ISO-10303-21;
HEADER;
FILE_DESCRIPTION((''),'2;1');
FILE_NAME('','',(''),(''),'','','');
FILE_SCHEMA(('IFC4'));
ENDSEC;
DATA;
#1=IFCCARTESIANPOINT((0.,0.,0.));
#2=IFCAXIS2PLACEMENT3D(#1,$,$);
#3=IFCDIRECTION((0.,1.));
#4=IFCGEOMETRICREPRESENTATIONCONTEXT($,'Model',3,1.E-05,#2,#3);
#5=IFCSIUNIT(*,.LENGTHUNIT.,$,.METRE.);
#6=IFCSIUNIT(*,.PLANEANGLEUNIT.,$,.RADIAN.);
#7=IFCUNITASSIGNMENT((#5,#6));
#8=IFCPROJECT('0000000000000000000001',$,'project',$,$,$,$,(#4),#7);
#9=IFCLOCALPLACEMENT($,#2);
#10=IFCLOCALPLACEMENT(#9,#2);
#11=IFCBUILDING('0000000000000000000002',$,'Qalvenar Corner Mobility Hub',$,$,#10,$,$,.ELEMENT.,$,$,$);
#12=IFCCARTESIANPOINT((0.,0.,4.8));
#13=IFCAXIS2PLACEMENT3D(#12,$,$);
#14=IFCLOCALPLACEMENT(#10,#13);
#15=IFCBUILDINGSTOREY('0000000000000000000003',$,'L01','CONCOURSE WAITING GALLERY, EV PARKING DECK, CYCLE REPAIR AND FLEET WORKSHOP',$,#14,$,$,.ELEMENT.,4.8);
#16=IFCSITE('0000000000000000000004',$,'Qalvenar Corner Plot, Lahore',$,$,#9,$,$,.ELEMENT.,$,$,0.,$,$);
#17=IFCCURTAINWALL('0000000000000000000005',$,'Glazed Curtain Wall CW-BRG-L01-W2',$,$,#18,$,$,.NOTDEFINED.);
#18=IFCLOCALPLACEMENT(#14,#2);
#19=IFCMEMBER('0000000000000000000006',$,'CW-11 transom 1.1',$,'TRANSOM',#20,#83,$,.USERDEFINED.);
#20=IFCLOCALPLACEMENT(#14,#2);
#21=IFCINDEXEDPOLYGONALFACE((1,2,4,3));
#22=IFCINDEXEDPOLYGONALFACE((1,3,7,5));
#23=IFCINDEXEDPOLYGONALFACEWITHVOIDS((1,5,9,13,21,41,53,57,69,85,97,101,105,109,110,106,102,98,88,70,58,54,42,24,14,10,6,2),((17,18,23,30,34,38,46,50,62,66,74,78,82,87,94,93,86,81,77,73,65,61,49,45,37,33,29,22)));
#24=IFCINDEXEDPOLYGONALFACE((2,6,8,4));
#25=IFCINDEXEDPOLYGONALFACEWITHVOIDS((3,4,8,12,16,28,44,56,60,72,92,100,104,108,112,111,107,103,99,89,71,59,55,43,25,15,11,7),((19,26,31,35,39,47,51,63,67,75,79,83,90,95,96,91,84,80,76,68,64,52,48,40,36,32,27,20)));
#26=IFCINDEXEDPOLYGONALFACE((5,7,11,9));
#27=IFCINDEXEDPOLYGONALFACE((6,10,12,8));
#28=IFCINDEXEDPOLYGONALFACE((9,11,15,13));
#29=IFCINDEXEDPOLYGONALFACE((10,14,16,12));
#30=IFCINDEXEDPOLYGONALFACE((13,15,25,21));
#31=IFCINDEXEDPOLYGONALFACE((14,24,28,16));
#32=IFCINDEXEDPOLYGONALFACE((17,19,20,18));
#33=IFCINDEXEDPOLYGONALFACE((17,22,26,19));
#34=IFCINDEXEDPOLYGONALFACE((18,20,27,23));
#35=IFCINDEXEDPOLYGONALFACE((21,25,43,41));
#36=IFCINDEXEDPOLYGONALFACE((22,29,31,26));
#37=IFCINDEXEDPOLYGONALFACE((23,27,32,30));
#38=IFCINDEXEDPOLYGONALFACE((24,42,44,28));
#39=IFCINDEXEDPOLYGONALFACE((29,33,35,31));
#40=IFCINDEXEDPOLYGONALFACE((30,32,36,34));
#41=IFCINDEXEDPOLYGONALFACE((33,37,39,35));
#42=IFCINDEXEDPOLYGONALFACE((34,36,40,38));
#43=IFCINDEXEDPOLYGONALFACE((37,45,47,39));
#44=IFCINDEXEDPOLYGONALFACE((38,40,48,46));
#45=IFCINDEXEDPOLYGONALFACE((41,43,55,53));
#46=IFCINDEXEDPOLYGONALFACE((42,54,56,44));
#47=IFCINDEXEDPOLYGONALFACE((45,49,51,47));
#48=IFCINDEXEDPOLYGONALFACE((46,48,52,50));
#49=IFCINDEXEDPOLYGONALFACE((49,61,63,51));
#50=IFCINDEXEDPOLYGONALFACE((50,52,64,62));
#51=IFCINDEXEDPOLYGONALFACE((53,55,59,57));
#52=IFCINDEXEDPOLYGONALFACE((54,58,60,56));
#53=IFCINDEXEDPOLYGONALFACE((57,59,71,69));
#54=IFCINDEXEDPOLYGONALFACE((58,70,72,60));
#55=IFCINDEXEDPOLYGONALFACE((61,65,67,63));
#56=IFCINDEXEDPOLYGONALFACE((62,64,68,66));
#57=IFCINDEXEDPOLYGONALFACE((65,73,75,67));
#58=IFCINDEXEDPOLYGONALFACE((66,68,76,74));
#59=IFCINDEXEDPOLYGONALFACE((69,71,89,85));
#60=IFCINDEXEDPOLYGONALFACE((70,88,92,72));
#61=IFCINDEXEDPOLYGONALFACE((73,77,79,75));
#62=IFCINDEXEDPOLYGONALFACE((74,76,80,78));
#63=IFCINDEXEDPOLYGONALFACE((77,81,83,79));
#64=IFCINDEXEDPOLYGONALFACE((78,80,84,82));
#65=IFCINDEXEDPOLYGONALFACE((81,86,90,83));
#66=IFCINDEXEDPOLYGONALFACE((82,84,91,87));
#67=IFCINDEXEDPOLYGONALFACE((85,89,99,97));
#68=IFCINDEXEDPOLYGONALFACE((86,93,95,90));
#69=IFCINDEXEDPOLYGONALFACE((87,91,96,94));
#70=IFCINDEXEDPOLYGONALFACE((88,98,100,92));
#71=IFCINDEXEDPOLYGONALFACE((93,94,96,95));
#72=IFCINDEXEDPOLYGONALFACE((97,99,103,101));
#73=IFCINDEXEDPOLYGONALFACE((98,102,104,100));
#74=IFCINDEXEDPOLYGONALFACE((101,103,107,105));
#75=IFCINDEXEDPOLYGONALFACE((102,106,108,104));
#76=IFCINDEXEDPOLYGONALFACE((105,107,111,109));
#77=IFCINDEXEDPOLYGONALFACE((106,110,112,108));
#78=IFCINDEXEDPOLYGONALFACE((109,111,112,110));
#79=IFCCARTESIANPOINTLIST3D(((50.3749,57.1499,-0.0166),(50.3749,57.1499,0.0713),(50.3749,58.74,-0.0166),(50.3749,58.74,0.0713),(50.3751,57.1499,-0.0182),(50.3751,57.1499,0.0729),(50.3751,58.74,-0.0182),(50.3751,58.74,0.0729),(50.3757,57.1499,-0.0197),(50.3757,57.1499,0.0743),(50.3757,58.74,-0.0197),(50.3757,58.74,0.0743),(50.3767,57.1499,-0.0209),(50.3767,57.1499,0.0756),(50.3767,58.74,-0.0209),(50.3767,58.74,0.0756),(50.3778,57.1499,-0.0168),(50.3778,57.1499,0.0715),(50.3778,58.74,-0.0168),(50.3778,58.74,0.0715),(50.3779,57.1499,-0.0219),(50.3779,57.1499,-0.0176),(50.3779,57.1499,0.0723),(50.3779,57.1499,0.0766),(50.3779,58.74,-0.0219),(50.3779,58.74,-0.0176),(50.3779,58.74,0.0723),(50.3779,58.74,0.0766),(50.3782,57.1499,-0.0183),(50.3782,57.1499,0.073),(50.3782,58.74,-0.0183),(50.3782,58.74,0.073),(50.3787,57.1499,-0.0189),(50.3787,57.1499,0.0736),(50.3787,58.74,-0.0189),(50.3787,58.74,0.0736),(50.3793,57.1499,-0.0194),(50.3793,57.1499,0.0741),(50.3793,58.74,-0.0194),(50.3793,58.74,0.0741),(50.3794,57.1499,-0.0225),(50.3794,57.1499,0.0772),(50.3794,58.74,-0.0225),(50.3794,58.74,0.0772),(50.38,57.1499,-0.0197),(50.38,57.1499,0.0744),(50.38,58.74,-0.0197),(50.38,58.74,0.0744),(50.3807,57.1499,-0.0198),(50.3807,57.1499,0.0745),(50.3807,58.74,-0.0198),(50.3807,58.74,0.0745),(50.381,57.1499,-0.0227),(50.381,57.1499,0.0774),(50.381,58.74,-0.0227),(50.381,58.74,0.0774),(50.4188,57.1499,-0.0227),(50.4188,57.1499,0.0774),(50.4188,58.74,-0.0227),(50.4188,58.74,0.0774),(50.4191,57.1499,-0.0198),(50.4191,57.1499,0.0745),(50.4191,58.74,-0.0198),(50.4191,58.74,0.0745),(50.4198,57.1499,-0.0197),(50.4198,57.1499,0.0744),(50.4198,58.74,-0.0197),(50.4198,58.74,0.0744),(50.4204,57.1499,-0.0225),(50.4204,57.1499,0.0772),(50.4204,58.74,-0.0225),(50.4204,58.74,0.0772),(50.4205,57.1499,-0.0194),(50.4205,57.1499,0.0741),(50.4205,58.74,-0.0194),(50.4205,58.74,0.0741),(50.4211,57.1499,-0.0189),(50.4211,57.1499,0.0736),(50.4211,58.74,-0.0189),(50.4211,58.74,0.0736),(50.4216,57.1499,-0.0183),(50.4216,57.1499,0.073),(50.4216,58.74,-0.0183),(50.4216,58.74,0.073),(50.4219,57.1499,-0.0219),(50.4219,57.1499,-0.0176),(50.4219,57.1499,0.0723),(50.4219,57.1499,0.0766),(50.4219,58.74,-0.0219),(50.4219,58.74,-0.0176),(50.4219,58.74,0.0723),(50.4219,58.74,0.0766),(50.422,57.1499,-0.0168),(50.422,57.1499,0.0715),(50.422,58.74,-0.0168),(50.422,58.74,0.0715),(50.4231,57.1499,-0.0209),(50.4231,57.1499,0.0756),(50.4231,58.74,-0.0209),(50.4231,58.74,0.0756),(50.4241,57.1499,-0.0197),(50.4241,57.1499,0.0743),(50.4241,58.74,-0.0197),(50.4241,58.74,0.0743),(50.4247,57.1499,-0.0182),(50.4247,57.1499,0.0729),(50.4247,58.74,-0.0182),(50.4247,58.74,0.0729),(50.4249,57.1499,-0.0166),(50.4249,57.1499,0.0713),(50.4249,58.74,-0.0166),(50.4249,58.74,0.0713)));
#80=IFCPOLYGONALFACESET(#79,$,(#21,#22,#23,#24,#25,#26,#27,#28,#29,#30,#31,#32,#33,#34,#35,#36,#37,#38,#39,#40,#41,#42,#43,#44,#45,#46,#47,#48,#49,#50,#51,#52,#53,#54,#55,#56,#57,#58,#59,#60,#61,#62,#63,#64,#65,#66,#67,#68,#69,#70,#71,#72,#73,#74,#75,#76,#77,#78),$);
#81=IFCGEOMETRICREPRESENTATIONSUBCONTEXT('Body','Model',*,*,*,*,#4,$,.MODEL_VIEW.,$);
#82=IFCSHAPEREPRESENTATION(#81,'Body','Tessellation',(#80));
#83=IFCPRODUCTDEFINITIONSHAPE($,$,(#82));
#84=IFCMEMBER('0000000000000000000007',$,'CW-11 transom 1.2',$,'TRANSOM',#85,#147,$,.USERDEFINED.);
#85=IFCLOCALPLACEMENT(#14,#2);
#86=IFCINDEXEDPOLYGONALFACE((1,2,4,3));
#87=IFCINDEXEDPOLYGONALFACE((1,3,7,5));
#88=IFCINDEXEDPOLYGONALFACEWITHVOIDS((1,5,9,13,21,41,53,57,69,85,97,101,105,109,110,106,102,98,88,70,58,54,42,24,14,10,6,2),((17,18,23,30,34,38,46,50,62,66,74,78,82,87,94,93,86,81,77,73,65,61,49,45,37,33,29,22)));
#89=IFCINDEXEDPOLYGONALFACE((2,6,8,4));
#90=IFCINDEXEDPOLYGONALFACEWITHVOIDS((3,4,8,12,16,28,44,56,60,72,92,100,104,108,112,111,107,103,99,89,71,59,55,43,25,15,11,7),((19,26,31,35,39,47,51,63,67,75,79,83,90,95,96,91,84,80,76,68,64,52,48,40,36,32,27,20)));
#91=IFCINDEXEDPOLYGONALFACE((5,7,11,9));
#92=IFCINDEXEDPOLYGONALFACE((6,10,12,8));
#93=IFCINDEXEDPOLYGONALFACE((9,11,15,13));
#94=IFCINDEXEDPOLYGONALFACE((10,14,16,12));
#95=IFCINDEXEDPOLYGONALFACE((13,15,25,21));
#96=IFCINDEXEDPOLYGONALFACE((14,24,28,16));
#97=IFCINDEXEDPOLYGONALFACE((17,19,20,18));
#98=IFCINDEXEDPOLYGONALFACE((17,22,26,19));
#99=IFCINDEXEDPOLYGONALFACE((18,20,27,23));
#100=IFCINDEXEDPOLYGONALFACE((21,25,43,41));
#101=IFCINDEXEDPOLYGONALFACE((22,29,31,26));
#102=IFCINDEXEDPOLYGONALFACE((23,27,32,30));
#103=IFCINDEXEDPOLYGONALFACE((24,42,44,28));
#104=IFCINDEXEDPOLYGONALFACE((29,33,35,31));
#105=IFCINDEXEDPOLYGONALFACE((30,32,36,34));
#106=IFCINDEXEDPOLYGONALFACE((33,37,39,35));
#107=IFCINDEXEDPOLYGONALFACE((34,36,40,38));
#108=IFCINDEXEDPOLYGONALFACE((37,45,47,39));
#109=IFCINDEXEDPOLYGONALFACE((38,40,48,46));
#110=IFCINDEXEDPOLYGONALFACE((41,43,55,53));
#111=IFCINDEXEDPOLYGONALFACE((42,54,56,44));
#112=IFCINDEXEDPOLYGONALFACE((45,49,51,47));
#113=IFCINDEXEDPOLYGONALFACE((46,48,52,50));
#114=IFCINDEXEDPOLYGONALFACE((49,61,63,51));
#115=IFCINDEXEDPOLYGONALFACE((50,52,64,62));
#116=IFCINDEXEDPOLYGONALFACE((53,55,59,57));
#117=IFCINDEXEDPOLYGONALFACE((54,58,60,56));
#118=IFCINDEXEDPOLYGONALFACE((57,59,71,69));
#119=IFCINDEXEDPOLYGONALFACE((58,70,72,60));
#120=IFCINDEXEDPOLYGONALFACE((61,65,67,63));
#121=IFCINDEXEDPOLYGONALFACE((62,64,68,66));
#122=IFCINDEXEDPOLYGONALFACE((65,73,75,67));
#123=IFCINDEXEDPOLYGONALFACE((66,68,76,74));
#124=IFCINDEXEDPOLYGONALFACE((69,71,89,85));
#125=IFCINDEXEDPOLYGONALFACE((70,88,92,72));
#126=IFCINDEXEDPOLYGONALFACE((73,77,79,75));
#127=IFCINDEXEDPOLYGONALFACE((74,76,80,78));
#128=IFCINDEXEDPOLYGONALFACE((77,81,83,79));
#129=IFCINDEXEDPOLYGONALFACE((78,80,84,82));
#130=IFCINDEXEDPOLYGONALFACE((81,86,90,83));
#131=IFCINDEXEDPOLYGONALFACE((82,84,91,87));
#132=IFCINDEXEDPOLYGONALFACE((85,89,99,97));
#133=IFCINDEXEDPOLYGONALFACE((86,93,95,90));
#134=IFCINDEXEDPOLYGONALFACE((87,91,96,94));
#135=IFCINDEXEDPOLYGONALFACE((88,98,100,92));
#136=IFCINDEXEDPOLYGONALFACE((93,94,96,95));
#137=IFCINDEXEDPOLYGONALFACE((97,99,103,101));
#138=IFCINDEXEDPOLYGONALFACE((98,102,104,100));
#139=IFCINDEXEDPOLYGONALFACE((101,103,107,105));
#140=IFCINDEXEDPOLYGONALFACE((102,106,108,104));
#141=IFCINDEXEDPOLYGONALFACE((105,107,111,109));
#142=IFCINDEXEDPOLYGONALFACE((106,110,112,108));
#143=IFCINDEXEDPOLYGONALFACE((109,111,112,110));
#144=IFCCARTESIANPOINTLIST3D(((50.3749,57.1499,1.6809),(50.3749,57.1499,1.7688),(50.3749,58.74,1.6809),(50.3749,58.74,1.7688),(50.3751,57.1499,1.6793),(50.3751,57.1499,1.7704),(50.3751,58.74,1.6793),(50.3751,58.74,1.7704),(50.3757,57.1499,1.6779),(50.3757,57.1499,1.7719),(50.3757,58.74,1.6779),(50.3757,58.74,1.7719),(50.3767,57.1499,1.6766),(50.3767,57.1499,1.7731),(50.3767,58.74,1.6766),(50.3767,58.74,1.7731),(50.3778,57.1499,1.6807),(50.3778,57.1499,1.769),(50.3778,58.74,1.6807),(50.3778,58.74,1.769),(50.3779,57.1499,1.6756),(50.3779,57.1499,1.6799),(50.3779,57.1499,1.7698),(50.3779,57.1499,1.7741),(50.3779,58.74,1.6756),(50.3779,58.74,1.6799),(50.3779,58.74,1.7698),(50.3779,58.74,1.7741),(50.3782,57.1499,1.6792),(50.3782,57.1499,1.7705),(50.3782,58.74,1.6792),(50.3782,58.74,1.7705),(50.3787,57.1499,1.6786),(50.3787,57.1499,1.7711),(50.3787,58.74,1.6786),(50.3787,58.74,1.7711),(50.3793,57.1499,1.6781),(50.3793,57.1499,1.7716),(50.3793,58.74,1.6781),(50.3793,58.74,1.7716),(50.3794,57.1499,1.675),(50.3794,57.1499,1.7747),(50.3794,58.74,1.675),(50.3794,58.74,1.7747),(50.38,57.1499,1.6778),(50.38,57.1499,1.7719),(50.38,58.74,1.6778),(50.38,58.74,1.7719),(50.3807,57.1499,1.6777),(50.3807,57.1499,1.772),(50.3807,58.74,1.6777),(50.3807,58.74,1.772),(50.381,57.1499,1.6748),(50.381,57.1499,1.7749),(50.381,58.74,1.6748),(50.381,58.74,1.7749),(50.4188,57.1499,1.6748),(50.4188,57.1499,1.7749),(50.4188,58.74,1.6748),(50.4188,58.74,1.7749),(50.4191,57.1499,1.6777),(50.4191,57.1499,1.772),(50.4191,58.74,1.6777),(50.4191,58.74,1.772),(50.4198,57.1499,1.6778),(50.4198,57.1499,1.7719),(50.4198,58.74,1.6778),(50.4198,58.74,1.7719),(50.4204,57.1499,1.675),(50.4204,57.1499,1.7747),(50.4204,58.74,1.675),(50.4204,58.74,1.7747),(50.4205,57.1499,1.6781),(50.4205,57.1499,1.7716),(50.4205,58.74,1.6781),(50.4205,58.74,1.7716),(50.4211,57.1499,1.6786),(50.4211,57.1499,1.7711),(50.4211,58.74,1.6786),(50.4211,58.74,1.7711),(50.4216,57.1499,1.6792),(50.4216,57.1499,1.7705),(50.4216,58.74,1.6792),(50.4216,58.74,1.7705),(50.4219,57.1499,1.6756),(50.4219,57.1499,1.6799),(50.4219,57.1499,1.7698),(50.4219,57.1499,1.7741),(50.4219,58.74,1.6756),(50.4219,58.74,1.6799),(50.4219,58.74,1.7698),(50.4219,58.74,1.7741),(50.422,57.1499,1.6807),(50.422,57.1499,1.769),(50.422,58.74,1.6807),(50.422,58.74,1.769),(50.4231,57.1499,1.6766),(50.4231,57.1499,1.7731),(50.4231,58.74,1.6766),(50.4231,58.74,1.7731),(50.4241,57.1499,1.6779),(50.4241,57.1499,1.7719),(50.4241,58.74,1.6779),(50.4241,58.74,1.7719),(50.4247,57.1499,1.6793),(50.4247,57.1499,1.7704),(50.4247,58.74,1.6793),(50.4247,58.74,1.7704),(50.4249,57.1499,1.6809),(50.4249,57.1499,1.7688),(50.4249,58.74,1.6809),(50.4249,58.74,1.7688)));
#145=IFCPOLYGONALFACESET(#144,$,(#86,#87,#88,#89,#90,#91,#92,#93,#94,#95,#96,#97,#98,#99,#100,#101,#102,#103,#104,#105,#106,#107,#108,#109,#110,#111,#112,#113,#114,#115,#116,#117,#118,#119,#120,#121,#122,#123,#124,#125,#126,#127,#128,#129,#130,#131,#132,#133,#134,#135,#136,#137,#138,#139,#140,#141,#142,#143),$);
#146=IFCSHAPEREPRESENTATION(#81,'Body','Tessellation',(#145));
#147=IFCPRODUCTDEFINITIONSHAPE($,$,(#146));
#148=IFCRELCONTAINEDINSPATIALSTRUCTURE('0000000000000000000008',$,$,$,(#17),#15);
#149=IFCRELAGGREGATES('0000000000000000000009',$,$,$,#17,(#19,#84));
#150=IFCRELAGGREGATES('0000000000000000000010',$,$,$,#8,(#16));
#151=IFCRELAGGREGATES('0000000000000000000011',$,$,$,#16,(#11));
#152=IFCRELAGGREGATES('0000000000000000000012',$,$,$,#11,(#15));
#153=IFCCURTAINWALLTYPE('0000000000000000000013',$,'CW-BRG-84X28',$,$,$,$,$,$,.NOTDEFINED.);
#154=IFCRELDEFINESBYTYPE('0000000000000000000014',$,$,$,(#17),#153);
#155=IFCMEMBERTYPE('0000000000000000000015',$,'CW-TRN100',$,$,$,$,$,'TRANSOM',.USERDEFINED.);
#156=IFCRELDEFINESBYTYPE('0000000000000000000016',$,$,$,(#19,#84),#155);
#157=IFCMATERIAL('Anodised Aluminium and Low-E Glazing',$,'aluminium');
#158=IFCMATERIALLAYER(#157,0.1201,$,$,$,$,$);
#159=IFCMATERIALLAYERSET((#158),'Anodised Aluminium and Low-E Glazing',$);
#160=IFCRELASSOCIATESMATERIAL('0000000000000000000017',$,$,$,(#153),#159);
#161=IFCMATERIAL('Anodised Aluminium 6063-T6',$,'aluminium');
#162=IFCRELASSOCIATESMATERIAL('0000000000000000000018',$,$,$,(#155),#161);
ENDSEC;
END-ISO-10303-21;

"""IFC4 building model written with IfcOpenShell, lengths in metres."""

from ifc_helpers import new_model, si_unit, direction, frame, origin, origin_2d, place, context, subcontext, project, spatial, hollow_rectangle, extrude, material, layer, layer_set, material_profile, profile_set, type_object, element, aggregate, save


model = new_model("IFC4")

# Units and contexts
model_context = context("Model", 3, precision=1e-05, world=origin(), true_north=direction((0.0, 1.0)))
body_context = subcontext(model_context, "Body", "Model", "MODEL_VIEW")
ifc_project = project(units=[si_unit("LENGTHUNIT", "METRE"), si_unit("PLANEANGLEUNIT", "RADIAN")], contexts=[model_context])

# Site, building, storey
site_placement = place(None, origin())
site = spatial("IfcSite", under=ifc_project, at=site_placement, Name="Qalvenar Corner Plot, Lahore", CompositionType="ELEMENT", RefElevation=0.0)
building_placement = place(site_placement, origin())
building = spatial("IfcBuilding", under=site, at=building_placement, Name="Qalvenar Corner Mobility Hub", CompositionType="ELEMENT")
storey_placement = place(building_placement, frame((0.0, 0.0, 4.8)))
storey = spatial("IfcBuildingStorey", under=building, at=storey_placement, Name="L01", Description="CONCOURSE WAITING GALLERY, EV PARKING DECK, CYCLE REPAIR AND FLEET WORKSHOP", CompositionType="ELEMENT", Elevation=4.8)

# Curtain wall
ifc_material_1 = material(Name="Anodised Aluminium and Low-E Glazing", Category="aluminium")
ifc_layer_1 = layer(ifc_material_1, 0.1201)
ifc_layer_set_1 = layer_set([ifc_layer_1], Name="Anodised Aluminium and Low-E Glazing")
curtain_wall_type = type_object("IfcCurtainWallType", Name="CW-BRG-84X28", PredefinedType="NOTDEFINED", material=ifc_layer_set_1)
curtain_wall_1_placement = place(storey_placement, origin())
curtain_wall_1 = element("IfcCurtainWall", 1, at=curtain_wall_1_placement, inside=storey, type_object=curtain_wall_type, Name="Glazed Curtain Wall CW-BRG-L01-W2", PredefinedType="NOTDEFINED")
ifc_material_2 = material(Name="Anodised Aluminium 6063-T6", Category="aluminium")

# Members
ifc_material_profile_1 = material_profile(ifc_material_2, hollow_rectangle(XDim=0.05, YDim=0.1001, WallThickness=0.0029, InnerFilletRadius=0.0029, OuterFilletRadius=0.0061, at=origin_2d()), Name="RHS100x50x3")
ifc_profile_set_1 = profile_set([ifc_material_profile_1], Name="Anodised Aluminium 6063-T6")
member_type_1 = type_object("IfcMemberType", Name="CW-TRN100", ElementType="TRANSOM", PredefinedType="USERDEFINED", material=ifc_profile_set_1)
member_1_placement = place(storey_placement, frame((50.3999, 58.74, 0.0273), z_axis=(0.0, -1.0, 0.0), x_axis=(1.0, 0.0, 0.0)))
member_1 = element("IfcMember", 2, at=member_1_placement, type_object=member_type_1, Name="CW-11 transom 1.1", ObjectType="TRANSOM", PredefinedType="USERDEFINED", context=body_context, shape_type="SweptSolid", body=[
    extrude(hollow_rectangle(XDim=0.05, YDim=0.1001, WallThickness=0.0029, InnerFilletRadius=0.0029, OuterFilletRadius=0.0061, at=origin_2d()), origin(), (0.0, 0.0, 1.0), 1.5901),
])
member_2_placement = place(storey_placement, frame((50.3999, 58.74, 1.7249), z_axis=(0.0, -1.0, 0.0), x_axis=(1.0, 0.0, 0.0)))
member_2 = element("IfcMember", 3, at=member_2_placement, type_object=member_type_1, Name="CW-11 transom 1.2", ObjectType="TRANSOM", PredefinedType="USERDEFINED", context=body_context, shape_type="SweptSolid", body=[
    extrude(hollow_rectangle(XDim=0.05, YDim=0.1001, WallThickness=0.0029, InnerFilletRadius=0.0029, OuterFilletRadius=0.0061, at=origin_2d()), origin(), (0.0, 0.0, 1.0), 1.5901),
])
aggregate(curtain_wall_1, [member_1, member_2])

save(model, "model.ifc")
